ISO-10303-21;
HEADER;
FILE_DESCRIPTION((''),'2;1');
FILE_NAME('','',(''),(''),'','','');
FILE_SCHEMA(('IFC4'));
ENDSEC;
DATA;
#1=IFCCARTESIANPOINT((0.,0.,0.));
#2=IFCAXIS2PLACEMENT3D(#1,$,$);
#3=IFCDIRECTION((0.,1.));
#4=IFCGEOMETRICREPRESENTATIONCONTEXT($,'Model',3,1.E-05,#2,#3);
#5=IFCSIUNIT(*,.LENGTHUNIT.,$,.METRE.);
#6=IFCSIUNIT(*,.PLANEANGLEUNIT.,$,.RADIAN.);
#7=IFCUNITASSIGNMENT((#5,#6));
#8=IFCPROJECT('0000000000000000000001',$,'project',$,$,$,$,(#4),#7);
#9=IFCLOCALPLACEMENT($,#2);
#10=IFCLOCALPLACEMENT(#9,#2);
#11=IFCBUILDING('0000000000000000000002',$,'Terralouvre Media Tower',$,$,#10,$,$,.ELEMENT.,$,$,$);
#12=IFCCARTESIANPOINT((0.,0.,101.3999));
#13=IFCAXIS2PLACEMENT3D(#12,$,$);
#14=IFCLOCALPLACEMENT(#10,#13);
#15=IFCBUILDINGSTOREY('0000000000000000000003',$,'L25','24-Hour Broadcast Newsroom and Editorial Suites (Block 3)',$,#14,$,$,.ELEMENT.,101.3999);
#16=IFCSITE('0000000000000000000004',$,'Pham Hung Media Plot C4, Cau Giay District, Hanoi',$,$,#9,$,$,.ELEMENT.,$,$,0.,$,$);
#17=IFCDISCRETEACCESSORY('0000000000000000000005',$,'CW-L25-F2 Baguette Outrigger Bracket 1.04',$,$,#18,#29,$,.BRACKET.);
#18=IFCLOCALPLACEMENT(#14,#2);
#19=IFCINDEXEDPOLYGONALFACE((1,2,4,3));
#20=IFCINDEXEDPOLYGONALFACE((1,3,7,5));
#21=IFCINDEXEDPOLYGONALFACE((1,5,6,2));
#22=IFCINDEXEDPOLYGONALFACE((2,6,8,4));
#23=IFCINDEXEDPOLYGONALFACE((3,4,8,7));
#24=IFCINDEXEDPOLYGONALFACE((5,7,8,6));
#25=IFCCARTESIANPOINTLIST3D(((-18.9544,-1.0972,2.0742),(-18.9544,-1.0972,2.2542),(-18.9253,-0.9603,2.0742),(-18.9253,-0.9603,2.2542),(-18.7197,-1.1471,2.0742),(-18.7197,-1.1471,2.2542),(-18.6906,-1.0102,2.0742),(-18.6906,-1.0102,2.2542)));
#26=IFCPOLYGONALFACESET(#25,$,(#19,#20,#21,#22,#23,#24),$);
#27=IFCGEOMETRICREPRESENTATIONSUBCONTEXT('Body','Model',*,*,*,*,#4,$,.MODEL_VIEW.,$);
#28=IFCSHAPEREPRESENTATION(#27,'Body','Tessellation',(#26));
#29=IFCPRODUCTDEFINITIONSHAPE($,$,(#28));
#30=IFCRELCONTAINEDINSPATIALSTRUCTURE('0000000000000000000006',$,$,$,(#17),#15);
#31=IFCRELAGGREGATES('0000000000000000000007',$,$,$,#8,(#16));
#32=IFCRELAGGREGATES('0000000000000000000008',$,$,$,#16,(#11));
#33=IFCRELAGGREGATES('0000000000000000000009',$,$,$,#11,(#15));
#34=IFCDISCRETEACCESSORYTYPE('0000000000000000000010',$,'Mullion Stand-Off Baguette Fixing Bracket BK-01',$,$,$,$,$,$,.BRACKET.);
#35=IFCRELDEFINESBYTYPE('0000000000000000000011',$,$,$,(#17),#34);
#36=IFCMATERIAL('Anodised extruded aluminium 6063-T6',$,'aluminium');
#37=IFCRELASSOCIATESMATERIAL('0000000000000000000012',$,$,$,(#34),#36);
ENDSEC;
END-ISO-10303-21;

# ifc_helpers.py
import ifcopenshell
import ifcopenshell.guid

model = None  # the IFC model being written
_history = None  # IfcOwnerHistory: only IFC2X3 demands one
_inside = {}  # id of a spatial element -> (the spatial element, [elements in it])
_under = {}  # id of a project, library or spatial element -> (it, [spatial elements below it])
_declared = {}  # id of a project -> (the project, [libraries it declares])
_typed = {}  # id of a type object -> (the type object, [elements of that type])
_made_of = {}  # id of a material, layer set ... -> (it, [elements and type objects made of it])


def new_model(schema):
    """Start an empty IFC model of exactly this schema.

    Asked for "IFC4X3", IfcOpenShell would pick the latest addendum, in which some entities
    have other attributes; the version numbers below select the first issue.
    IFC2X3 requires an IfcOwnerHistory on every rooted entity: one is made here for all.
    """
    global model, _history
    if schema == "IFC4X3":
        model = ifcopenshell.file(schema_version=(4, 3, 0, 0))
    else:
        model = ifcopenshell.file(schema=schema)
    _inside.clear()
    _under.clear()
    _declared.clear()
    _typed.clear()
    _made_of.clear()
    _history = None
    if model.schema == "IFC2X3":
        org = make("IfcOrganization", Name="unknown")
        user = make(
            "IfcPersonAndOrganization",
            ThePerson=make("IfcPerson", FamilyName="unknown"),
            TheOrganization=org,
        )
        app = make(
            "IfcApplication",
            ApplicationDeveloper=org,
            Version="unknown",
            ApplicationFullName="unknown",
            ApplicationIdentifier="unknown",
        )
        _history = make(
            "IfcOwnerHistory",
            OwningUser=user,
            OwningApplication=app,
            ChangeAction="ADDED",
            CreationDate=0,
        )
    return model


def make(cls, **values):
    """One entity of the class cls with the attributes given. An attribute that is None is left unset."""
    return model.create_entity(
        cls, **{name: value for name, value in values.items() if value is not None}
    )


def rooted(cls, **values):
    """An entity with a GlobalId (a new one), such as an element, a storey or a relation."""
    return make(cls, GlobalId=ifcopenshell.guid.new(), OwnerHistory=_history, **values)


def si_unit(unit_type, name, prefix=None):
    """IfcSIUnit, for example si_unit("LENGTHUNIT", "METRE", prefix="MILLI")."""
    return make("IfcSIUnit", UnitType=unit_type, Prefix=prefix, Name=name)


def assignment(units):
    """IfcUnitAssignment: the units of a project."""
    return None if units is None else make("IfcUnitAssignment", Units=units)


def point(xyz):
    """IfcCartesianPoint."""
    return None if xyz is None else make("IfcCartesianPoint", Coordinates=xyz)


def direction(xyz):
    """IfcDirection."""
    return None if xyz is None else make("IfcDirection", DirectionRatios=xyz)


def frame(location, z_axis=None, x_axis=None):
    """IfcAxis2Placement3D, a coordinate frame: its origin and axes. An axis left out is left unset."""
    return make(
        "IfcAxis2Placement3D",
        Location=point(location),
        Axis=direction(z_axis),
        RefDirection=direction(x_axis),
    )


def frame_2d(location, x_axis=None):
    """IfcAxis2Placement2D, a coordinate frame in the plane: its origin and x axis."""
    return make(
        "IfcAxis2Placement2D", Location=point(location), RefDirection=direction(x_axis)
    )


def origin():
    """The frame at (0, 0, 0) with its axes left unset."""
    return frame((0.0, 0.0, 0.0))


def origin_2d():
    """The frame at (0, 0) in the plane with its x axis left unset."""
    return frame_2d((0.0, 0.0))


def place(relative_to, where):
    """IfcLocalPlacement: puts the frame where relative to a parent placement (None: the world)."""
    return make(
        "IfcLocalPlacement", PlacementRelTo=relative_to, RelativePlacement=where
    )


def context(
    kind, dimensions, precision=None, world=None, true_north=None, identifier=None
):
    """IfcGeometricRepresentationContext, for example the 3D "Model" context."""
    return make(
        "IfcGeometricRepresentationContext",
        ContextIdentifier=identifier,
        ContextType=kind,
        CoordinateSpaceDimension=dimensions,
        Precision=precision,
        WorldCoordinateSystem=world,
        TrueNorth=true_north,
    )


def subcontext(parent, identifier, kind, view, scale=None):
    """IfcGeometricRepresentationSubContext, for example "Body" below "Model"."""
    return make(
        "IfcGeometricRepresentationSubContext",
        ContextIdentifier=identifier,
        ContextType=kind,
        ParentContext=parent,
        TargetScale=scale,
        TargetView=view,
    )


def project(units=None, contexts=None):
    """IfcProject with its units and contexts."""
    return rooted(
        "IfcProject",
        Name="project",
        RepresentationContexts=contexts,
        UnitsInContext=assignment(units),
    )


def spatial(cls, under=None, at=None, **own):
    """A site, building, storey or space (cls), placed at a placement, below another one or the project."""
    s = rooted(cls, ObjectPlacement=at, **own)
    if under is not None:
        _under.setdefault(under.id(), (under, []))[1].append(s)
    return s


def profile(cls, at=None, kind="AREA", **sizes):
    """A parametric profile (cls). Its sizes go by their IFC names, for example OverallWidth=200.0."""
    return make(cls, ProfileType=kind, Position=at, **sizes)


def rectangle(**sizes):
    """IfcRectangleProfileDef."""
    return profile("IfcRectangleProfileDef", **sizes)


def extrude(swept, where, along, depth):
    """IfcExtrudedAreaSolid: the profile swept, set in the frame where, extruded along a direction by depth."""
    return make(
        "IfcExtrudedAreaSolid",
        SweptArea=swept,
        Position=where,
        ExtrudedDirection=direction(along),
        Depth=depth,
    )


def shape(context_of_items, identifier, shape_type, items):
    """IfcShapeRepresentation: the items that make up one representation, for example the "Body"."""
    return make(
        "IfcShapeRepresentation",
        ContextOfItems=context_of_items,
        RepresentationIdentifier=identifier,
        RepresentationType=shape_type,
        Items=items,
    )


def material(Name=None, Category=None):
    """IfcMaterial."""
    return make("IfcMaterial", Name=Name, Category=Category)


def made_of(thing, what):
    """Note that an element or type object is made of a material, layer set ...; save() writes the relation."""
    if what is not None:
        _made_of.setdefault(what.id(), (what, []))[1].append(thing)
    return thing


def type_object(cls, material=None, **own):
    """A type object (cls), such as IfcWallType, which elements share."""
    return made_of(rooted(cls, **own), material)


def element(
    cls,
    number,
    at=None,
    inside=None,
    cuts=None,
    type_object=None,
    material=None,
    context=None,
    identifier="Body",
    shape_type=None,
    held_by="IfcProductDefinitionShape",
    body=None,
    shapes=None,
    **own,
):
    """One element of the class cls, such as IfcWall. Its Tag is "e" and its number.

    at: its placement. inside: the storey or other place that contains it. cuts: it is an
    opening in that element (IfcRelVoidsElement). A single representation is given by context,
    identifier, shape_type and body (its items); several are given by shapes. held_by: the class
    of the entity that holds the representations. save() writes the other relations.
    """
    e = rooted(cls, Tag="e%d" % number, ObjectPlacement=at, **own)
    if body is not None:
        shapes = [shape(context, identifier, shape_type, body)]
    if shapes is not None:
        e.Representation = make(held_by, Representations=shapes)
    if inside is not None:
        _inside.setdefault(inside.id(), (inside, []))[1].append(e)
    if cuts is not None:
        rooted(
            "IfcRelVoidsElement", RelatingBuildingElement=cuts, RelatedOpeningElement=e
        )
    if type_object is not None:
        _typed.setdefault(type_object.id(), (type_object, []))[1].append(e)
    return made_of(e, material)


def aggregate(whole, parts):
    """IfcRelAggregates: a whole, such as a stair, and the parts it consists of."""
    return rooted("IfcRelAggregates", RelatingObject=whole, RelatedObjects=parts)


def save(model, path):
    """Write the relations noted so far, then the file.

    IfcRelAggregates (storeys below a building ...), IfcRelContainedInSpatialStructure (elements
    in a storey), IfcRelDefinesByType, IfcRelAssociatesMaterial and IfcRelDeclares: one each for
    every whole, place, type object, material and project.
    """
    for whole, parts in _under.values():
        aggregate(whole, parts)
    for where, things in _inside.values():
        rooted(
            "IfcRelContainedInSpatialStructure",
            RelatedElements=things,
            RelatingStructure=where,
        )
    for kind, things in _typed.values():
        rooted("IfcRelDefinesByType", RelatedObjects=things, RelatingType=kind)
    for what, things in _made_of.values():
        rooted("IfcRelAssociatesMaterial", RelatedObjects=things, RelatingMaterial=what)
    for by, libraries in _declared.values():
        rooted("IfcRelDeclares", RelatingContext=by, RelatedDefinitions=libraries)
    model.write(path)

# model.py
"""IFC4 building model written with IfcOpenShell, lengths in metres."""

from ifc_helpers import new_model, si_unit, direction, frame, origin, origin_2d, place, context, subcontext, project, spatial, rectangle, extrude, material, type_object, element, save


model = new_model("IFC4")

# Units and contexts
model_context = context("Model", 3, precision=1e-05, world=origin(), true_north=direction((0.0, 1.0)))
body_context = subcontext(model_context, "Body", "Model", "MODEL_VIEW")
ifc_project = project(units=[si_unit("LENGTHUNIT", "METRE"), si_unit("PLANEANGLEUNIT", "RADIAN")], contexts=[model_context])

# Site, building, storey
site_placement = place(None, origin())
site = spatial("IfcSite", under=ifc_project, at=site_placement, Name="Pham Hung Media Plot C4, Cau Giay District, Hanoi", CompositionType="ELEMENT", RefElevation=0.0)
building_placement = place(site_placement, origin())
building = spatial("IfcBuilding", under=site, at=building_placement, Name="Terralouvre Media Tower", CompositionType="ELEMENT")
storey_placement = place(building_placement, frame((0.0, 0.0, 101.3999)))
storey = spatial("IfcBuildingStorey", under=building, at=storey_placement, Name="L25", Description="24-Hour Broadcast Newsroom and Editorial Suites (Block 3)", CompositionType="ELEMENT", Elevation=101.3999)

# Discrete accessory
ifc_material_1 = material(Name="Anodised extruded aluminium 6063-T6", Category="aluminium")
discrete_accessory_type = type_object("IfcDiscreteAccessoryType", Name="Mullion Stand-Off Baguette Fixing Bracket BK-01", PredefinedType="BRACKET", material=ifc_material_1)
discrete_accessory_placement = place(storey_placement, frame((-18.8225, -1.0537, 2.0742), z_axis=(0.0, 0.0, 1.0), x_axis=(-0.207912, -0.978148, 0.0)))
element("IfcDiscreteAccessory", 1, at=discrete_accessory_placement, inside=storey, type_object=discrete_accessory_type, Name="CW-L25-F2 Baguette Outrigger Bracket 1.04", PredefinedType="BRACKET", context=body_context, shape_type="SweptSolid", body=[
    extrude(rectangle(XDim=0.1399, YDim=0.24, at=origin_2d()), origin(), (0.0, 0.0, 1.0), 0.1799),
])

save(model, "model.ifc")
